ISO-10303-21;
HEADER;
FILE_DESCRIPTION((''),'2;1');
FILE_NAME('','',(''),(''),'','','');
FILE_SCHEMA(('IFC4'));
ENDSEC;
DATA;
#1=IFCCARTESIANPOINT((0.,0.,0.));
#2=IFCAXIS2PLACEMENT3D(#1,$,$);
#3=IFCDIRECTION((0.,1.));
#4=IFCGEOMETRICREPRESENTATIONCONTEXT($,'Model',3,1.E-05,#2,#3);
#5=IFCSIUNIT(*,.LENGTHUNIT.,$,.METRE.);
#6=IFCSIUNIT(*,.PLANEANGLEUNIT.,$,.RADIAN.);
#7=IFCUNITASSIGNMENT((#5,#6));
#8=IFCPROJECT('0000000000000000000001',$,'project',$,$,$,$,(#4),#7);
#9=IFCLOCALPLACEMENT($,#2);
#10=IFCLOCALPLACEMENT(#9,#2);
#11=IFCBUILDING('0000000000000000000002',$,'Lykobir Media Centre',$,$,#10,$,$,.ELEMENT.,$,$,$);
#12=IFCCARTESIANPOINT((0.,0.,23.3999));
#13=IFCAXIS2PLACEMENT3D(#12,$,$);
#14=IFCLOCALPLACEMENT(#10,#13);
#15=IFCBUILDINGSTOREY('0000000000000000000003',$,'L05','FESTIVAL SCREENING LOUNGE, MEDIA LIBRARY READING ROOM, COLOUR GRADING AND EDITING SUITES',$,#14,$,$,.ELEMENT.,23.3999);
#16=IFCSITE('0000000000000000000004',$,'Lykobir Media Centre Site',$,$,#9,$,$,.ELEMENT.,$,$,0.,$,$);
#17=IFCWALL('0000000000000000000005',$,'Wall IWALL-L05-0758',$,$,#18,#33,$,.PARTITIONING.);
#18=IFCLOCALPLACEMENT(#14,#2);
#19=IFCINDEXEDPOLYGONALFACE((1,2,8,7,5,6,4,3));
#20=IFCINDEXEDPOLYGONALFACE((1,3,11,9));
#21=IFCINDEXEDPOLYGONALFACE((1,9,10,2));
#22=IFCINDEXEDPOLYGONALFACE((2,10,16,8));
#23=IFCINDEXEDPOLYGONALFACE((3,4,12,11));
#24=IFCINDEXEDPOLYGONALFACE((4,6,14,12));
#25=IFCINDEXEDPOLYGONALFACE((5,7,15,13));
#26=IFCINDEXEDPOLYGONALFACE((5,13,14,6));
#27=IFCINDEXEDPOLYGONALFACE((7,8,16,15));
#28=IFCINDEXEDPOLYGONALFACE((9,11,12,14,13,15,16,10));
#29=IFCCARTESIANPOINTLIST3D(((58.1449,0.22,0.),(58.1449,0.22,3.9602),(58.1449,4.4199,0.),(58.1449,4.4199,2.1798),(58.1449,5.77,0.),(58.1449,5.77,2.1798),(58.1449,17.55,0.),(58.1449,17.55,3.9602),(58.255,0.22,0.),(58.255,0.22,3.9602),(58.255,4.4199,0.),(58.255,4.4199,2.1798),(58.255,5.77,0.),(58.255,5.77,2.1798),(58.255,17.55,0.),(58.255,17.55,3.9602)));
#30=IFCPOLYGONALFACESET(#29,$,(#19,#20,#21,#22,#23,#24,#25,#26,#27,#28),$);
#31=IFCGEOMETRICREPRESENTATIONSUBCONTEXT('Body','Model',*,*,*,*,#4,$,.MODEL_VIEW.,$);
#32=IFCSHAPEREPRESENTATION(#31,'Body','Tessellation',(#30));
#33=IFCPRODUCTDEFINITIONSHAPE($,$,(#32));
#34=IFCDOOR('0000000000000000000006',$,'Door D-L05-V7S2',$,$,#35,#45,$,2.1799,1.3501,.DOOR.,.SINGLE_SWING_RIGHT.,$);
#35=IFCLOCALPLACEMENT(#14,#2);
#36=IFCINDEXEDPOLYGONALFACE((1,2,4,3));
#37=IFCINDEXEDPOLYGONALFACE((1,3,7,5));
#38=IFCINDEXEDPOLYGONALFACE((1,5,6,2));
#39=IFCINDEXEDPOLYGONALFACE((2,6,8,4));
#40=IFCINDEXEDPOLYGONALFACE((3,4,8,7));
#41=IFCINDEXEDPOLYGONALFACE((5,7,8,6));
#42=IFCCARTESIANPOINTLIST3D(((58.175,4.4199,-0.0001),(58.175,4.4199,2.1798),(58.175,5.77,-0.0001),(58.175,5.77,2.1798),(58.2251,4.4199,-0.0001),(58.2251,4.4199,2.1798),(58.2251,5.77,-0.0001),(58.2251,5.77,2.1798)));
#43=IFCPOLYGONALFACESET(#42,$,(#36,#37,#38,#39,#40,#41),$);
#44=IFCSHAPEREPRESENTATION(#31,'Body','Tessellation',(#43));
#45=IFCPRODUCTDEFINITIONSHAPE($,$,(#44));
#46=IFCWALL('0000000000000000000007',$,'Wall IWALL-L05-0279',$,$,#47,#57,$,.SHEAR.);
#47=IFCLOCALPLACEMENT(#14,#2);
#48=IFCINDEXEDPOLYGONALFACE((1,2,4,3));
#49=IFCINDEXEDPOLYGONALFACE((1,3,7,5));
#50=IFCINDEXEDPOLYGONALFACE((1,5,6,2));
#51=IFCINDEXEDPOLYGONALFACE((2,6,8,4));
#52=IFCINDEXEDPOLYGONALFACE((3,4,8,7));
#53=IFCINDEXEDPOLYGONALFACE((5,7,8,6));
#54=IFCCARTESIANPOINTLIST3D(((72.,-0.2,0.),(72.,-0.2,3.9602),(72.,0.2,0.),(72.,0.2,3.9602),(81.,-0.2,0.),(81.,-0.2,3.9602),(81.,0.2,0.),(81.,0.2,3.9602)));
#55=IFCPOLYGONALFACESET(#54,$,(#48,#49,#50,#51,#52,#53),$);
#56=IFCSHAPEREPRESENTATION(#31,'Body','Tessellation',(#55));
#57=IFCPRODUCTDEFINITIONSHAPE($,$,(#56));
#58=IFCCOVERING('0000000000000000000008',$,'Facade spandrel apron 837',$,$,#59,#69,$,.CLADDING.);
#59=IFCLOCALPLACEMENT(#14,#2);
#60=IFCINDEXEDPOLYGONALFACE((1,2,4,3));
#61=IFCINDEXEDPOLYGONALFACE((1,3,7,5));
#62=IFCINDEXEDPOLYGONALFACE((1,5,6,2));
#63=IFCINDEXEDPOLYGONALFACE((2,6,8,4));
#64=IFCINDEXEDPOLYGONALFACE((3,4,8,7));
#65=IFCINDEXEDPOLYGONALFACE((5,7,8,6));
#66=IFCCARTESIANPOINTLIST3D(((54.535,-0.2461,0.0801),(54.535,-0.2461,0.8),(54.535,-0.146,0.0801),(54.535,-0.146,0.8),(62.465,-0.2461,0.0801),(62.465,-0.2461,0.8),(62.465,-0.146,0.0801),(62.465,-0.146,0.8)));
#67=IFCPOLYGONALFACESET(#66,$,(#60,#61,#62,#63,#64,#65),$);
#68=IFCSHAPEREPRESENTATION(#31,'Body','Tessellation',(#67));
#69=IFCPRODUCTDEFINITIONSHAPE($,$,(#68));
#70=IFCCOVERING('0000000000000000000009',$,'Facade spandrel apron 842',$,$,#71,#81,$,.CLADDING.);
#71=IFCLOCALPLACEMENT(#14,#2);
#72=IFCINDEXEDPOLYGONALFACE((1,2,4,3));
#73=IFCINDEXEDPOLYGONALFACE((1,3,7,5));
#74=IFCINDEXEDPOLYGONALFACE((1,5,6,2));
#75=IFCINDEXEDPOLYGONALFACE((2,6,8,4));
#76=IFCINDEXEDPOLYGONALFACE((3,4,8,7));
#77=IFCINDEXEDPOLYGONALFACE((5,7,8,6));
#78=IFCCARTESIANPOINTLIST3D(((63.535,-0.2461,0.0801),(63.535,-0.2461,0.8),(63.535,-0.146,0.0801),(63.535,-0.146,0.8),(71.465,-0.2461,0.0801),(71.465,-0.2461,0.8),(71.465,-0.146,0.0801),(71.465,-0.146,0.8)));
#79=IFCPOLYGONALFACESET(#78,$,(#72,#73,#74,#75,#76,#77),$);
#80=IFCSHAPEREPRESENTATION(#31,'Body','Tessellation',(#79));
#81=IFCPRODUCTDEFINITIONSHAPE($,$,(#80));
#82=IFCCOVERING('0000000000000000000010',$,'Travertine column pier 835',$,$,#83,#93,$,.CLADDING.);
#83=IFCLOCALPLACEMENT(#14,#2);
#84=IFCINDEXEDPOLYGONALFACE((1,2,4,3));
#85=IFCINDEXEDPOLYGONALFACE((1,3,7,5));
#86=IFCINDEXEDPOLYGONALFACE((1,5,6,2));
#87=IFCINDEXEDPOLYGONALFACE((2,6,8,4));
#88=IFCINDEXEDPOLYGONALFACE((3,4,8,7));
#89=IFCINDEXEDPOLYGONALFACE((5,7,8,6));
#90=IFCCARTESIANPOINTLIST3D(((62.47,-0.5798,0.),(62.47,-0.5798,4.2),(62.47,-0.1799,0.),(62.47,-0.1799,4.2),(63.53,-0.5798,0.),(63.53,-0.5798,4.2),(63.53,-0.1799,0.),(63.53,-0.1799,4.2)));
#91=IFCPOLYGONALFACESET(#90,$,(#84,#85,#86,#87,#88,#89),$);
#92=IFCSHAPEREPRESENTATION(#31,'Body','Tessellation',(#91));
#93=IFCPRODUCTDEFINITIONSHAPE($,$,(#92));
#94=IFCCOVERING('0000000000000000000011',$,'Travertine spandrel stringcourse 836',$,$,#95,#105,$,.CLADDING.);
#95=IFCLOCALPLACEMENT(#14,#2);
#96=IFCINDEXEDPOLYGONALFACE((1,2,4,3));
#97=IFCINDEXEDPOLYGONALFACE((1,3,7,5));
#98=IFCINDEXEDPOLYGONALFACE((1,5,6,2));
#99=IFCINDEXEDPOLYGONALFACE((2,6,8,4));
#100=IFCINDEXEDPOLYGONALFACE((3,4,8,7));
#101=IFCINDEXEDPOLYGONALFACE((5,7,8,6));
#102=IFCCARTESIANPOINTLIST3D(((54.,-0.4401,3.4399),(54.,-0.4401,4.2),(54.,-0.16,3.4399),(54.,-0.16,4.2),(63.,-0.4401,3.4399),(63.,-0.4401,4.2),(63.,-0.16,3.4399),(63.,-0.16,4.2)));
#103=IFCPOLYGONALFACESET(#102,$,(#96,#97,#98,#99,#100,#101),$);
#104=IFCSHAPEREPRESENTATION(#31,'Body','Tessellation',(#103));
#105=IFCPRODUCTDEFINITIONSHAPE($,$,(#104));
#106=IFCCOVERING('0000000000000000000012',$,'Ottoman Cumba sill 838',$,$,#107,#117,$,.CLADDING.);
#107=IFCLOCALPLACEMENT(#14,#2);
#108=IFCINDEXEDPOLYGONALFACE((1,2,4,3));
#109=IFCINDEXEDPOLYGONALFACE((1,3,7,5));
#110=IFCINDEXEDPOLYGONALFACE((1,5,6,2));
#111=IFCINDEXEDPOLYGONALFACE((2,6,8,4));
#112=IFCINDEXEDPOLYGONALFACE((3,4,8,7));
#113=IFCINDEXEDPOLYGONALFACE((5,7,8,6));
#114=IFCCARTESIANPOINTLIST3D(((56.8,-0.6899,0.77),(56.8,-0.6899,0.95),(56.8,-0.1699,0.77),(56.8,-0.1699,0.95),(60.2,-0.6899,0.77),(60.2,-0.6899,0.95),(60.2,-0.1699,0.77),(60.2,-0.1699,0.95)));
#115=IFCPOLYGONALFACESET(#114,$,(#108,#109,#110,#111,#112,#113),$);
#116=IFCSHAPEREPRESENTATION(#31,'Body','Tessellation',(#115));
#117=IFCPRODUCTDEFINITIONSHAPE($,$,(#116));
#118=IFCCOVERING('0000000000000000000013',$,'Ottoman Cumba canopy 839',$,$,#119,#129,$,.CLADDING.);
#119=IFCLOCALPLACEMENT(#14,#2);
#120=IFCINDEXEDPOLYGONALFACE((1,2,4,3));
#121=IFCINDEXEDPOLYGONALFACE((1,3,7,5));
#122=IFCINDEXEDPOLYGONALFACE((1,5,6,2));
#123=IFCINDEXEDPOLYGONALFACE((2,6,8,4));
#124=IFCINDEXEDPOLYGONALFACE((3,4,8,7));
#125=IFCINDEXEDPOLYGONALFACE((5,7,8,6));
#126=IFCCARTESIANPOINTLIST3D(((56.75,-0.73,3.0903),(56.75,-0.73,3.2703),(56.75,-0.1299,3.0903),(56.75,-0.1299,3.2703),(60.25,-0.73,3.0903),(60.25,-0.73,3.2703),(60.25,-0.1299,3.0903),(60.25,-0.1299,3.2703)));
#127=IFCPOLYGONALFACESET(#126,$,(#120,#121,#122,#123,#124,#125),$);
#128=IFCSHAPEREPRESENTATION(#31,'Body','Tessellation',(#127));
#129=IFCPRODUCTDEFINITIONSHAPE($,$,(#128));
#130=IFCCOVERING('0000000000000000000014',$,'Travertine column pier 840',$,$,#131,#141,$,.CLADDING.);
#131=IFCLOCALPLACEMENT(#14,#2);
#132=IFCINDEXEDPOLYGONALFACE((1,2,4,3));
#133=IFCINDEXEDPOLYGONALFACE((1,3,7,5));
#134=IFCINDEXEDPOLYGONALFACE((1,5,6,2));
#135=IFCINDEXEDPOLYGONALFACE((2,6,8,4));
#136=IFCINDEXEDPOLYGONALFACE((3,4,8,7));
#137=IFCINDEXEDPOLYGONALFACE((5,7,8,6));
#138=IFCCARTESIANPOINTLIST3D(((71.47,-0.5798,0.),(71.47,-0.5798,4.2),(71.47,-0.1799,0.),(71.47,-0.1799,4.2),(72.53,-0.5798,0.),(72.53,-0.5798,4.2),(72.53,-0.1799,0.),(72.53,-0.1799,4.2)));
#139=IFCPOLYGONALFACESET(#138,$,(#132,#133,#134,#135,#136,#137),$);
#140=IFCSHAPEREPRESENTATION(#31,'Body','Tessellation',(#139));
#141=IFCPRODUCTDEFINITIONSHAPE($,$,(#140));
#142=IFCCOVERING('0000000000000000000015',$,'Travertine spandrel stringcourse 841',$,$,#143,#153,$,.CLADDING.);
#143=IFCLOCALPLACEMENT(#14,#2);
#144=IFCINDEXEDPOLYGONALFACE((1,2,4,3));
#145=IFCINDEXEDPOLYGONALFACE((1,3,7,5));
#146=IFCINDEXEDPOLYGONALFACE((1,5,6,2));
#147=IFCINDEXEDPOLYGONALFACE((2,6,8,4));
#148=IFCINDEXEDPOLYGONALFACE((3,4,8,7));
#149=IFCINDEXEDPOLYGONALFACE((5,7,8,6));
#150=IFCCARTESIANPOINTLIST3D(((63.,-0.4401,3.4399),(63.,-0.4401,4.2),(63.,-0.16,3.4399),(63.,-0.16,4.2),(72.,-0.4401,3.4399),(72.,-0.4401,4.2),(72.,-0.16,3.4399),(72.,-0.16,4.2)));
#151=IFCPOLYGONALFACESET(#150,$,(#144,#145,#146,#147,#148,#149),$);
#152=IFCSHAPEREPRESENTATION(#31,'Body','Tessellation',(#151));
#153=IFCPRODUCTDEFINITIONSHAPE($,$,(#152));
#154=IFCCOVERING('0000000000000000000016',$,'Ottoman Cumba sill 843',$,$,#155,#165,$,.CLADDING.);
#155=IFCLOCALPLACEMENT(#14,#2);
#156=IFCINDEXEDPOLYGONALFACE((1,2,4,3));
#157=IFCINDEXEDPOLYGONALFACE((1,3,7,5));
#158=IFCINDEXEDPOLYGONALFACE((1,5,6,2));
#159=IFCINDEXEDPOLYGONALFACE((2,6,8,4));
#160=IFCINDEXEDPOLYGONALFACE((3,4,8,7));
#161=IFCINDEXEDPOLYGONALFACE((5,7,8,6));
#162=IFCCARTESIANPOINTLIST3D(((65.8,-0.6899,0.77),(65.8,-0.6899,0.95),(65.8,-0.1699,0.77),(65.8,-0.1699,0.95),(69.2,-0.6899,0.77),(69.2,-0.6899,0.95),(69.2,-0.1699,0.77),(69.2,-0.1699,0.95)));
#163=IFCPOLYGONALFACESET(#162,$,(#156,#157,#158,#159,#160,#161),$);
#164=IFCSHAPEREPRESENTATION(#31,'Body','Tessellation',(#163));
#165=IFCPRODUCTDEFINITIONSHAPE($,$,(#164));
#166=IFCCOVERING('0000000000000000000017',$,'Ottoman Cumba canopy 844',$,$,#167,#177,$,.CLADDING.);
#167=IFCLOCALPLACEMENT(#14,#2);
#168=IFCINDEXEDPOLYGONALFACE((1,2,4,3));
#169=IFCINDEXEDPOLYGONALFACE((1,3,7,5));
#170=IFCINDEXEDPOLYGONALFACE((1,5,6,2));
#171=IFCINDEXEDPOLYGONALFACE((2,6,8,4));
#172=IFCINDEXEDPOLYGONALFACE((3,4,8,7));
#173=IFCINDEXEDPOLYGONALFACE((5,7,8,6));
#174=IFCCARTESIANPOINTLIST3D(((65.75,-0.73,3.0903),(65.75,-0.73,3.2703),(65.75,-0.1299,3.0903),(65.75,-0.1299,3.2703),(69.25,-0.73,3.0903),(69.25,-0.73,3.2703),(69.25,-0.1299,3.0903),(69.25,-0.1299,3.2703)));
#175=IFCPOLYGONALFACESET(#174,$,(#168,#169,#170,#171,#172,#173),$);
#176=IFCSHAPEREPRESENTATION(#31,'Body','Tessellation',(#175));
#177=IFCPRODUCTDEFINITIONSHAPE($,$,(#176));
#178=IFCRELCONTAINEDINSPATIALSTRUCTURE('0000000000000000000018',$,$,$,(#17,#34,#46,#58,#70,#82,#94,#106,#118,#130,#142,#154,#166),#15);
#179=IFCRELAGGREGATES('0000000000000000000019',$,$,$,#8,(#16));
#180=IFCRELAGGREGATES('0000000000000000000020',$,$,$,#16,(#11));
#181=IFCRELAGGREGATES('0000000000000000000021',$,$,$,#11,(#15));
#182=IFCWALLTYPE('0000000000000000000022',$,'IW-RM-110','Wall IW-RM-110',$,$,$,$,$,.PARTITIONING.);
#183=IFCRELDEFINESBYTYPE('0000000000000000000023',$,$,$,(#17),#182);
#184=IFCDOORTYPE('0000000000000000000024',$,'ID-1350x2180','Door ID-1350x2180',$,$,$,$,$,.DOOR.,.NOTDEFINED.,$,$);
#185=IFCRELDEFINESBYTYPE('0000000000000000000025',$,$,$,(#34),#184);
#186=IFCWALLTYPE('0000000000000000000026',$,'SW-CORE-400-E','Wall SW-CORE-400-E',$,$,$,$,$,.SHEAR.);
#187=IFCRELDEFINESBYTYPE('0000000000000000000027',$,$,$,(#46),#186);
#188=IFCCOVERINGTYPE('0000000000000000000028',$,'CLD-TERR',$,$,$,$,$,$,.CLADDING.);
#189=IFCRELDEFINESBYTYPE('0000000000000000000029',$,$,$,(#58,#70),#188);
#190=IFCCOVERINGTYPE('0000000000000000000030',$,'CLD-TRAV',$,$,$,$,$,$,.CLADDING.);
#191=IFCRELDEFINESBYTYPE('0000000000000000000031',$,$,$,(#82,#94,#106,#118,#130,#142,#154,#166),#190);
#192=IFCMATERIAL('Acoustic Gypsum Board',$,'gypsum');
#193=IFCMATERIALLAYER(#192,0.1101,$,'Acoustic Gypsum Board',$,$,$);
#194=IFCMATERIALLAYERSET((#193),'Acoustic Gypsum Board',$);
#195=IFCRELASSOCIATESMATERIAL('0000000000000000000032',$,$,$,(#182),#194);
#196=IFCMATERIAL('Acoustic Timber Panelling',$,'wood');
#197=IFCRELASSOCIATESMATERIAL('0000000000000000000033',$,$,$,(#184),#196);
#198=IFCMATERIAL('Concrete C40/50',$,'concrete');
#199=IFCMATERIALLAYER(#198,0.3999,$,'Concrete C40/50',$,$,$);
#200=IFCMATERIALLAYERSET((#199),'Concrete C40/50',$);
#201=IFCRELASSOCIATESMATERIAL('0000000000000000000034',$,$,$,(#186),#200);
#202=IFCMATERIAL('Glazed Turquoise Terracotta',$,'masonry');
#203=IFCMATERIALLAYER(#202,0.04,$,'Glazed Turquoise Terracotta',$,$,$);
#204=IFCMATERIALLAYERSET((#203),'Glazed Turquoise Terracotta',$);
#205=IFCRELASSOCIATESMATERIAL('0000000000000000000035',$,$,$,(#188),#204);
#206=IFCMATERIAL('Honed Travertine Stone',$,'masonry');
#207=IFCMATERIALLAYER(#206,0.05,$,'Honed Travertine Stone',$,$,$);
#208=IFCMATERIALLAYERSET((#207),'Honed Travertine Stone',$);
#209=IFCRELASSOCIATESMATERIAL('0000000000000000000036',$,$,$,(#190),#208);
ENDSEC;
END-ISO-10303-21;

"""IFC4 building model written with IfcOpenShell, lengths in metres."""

from ifc_helpers import new_model, si_unit, direction, frame, frame_2d, origin, origin_2d, place, context, subcontext, project, spatial, rectangle, extrude, material, layer, layer_set, type_object, element, fill, save


model = new_model("IFC4")

# Units and contexts
model_context = context("Model", 3, precision=1e-05, world=origin(), true_north=direction((0.0, 1.0)))
body_context = subcontext(model_context, "Body", "Model", "MODEL_VIEW")
ifc_project = project(units=[si_unit("LENGTHUNIT", "METRE"), si_unit("PLANEANGLEUNIT", "RADIAN")], contexts=[model_context])

# Site, building, storey
site_placement = place(None, origin())
site = spatial("IfcSite", under=ifc_project, at=site_placement, Name="Lykobir Media Centre Site", CompositionType="ELEMENT", RefElevation=0.0)
building_placement = place(site_placement, origin())
building = spatial("IfcBuilding", under=site, at=building_placement, Name="Lykobir Media Centre", CompositionType="ELEMENT")
storey_placement = place(building_placement, frame((0.0, 0.0, 23.3999)))
storey = spatial("IfcBuildingStorey", under=building, at=storey_placement, Name="L05", Description="FESTIVAL SCREENING LOUNGE, MEDIA LIBRARY READING ROOM, COLOUR GRADING AND EDITING SUITES", CompositionType="ELEMENT", Elevation=23.3999)

# Shared definitions
ifc_material_1 = material(Name="Concrete C40/50", Category="concrete")

# Shared definitions
ifc_material_2 = material(Name="Acoustic Gypsum Board", Category="gypsum")

# Wall, opening, door
ifc_layer_1 = layer(ifc_material_2, 0.1101, Name="Acoustic Gypsum Board")
ifc_layer_set_1 = layer_set([ifc_layer_1], Name="Acoustic Gypsum Board")
wall_type_1 = type_object("IfcWallType", Name="IW-RM-110", Description="Wall IW-RM-110", PredefinedType="PARTITIONING", material=ifc_layer_set_1)
wall_1_placement = place(storey_placement, frame((58.2, 0.22, 0.0), z_axis=(0.0, 0.0, 1.0), x_axis=(0.0, 1.0, 0.0)))
wall_1 = element("IfcWall", 1, at=wall_1_placement, inside=storey, type_object=wall_type_1, Name="Wall IWALL-L05-0758", PredefinedType="PARTITIONING", context=body_context, shape_type="SweptSolid", body=[
    extrude(rectangle(XDim=17.3301, YDim=0.1101, at=frame_2d((8.665, 0.0))), origin(), (0.0, 0.0, 1.0), 3.9602),
])
opening_1_placement = place(wall_1_placement, frame((4.2, 0.0, 0.0)))
opening_1 = element("IfcOpeningElement", 2, at=opening_1_placement, cuts=wall_1, PredefinedType="OPENING", context=body_context, shape_type="SweptSolid", body=[
    extrude(rectangle(XDim=1.3501, YDim=2.1799, at=frame_2d((0.675, 1.0898))), frame((0.0, 0.0649, 0.0), z_axis=(0.0, -1.0, 0.0), x_axis=(1.0, 0.0, 0.0)), (0.0, 0.0, 1.0), 0.1301),
])
ifc_material_3 = material(Name="Acoustic Timber Panelling", Category="wood")
door_type = type_object("IfcDoorType", Name="ID-1350x2180", Description="Door ID-1350x2180", OperationType="NOTDEFINED", PredefinedType="DOOR", material=ifc_material_3)
door_placement = place(opening_1_placement, origin())
door = element("IfcDoor", 3, at=door_placement, inside=storey, type_object=door_type, Name="Door D-L05-V7S2", OperationType="SINGLE_SWING_RIGHT", OverallHeight=2.1799, OverallWidth=1.3501, PredefinedType="DOOR", context=body_context, shape_type="SweptSolid", body=[
    extrude(rectangle(XDim=1.3501, YDim=2.1799, at=frame_2d((0.675, 1.0898))), frame((0.0, 0.0249, 0.0), z_axis=(0.0, -1.0, 0.0), x_axis=(1.0, 0.0, 0.0)), (0.0, 0.0, 1.0), 0.05),
])
fill(opening_1, door)

# Wall
ifc_layer_2 = layer(ifc_material_1, 0.3999, Name="Concrete C40/50")
ifc_layer_set_2 = layer_set([ifc_layer_2], Name="Concrete C40/50")
wall_type_2 = type_object("IfcWallType", Name="SW-CORE-400-E", Description="Wall SW-CORE-400-E", PredefinedType="SHEAR", material=ifc_layer_set_2)
wall_2_placement = place(storey_placement, frame((72.0, 0.0, 0.0), z_axis=(0.0, 0.0, 1.0), x_axis=(1.0, 0.0, 0.0)))
element("IfcWall", 4, at=wall_2_placement, inside=storey, type_object=wall_type_2, Name="Wall IWALL-L05-0279", PredefinedType="SHEAR", context=body_context, shape_type="SweptSolid", body=[
    extrude(rectangle(XDim=9.0, YDim=0.3999, at=frame_2d((4.5, 0.0))), origin(), (0.0, 0.0, 1.0), 3.9602),
])

# Coverings
ifc_material_4 = material(Name="Glazed Turquoise Terracotta", Category="masonry")
ifc_layer_3 = layer(ifc_material_4, 0.04, Name="Glazed Turquoise Terracotta")
ifc_layer_set_3 = layer_set([ifc_layer_3], Name="Glazed Turquoise Terracotta")
covering_type_1 = type_object("IfcCoveringType", Name="CLD-TERR", PredefinedType="CLADDING", material=ifc_layer_set_3)
for number, where, z_axis, x_axis, name in (
    (5, (58.5, -0.196, 0.0801), (0.0, 0.0, 1.0), (1.0, 0.0, 0.0), "Facade spandrel apron 837"),
    (6, (67.5, -0.196, 0.0801), (0.0, 0.0, 1.0), (1.0, 0.0, 0.0), "Facade spandrel apron 842"),
):
    element("IfcCovering", number, at=place(storey_placement, frame(where, z_axis=z_axis, x_axis=x_axis)), inside=storey, type_object=covering_type_1, Name=name, PredefinedType="CLADDING", context=body_context, shape_type="SweptSolid", body=[
        extrude(rectangle(XDim=7.9299, YDim=0.1001, at=origin_2d()), origin(), (0.0, 0.0, 1.0), 0.72),
    ])
ifc_material_5 = material(Name="Honed Travertine Stone", Category="masonry")
ifc_layer_4 = layer(ifc_material_5, 0.05, Name="Honed Travertine Stone")
ifc_layer_set_4 = layer_set([ifc_layer_4], Name="Honed Travertine Stone")
covering_type_2 = type_object("IfcCoveringType", Name="CLD-TRAV", PredefinedType="CLADDING", material=ifc_layer_set_4)
covering_1_placement = place(storey_placement, frame((63.0, -0.3799, 0.0), z_axis=(0.0, 0.0, 1.0), x_axis=(1.0, 0.0, 0.0)))
element("IfcCovering", 7, at=covering_1_placement, inside=storey, type_object=covering_type_2, Name="Travertine column pier 835", PredefinedType="CLADDING", context=body_context, shape_type="SweptSolid", body=[
    extrude(rectangle(XDim=1.0601, YDim=0.3999, at=origin_2d()), origin(), (0.0, 0.0, 1.0), 4.2),
])
covering_2_placement = place(storey_placement, frame((58.5, -0.3, 3.4399), z_axis=(0.0, 0.0, 1.0), x_axis=(1.0, 0.0, 0.0)))
element("IfcCovering", 8, at=covering_2_placement, inside=storey, type_object=covering_type_2, Name="Travertine spandrel stringcourse 836", PredefinedType="CLADDING", context=body_context, shape_type="SweptSolid", body=[
    extrude(rectangle(XDim=9.0, YDim=0.28, at=origin_2d()), origin(), (0.0, 0.0, 1.0), 0.76),
])
covering_3_placement = place(storey_placement, frame((58.5, -0.4299, 0.77), z_axis=(0.0, 0.0, 1.0), x_axis=(1.0, 0.0, 0.0)))
element("IfcCovering", 9, at=covering_3_placement, inside=storey, type_object=covering_type_2, Name="Ottoman Cumba sill 838", PredefinedType="CLADDING", context=body_context, shape_type="SweptSolid", body=[
    extrude(rectangle(XDim=3.3999, YDim=0.52, at=origin_2d()), origin(), (0.0, 0.0, 1.0), 0.1799),
])
covering_4_placement = place(storey_placement, frame((58.5, -0.4299, 3.0903), z_axis=(0.0, 0.0, 1.0), x_axis=(1.0, 0.0, 0.0)))
element("IfcCovering", 10, at=covering_4_placement, inside=storey, type_object=covering_type_2, Name="Ottoman Cumba canopy 839", PredefinedType="CLADDING", context=body_context, shape_type="SweptSolid", body=[
    extrude(rectangle(XDim=3.5, YDim=0.6001, at=origin_2d()), origin(), (0.0, 0.0, 1.0), 0.1799),
])
covering_5_placement = place(storey_placement, frame((72.0, -0.3799, 0.0), z_axis=(0.0, 0.0, 1.0), x_axis=(1.0, 0.0, 0.0)))
element("IfcCovering", 11, at=covering_5_placement, inside=storey, type_object=covering_type_2, Name="Travertine column pier 840", PredefinedType="CLADDING", context=body_context, shape_type="SweptSolid", body=[
    extrude(rectangle(XDim=1.0601, YDim=0.3999, at=origin_2d()), origin(), (0.0, 0.0, 1.0), 4.2),
])
covering_6_placement = place(storey_placement, frame((67.5, -0.3, 3.4399), z_axis=(0.0, 0.0, 1.0), x_axis=(1.0, 0.0, 0.0)))
element("IfcCovering", 12, at=covering_6_placement, inside=storey, type_object=covering_type_2, Name="Travertine spandrel stringcourse 841", PredefinedType="CLADDING", context=body_context, shape_type="SweptSolid", body=[
    extrude(rectangle(XDim=9.0, YDim=0.28, at=origin_2d()), origin(), (0.0, 0.0, 1.0), 0.76),
])
covering_7_placement = place(storey_placement, frame((67.5, -0.4299, 0.77), z_axis=(0.0, 0.0, 1.0), x_axis=(1.0, 0.0, 0.0)))
element("IfcCovering", 13, at=covering_7_placement, inside=storey, type_object=covering_type_2, Name="Ottoman Cumba sill 843", PredefinedType="CLADDING", context=body_context, shape_type="SweptSolid", body=[
    extrude(rectangle(XDim=3.3999, YDim=0.52, at=origin_2d()), origin(), (0.0, 0.0, 1.0), 0.1799),
])
covering_8_placement = place(storey_placement, frame((67.5, -0.4299, 3.0903), z_axis=(0.0, 0.0, 1.0), x_axis=(1.0, 0.0, 0.0)))
element("IfcCovering", 14, at=covering_8_placement, inside=storey, type_object=covering_type_2, Name="Ottoman Cumba canopy 844", PredefinedType="CLADDING", context=body_context, shape_type="SweptSolid", body=[
    extrude(rectangle(XDim=3.5, YDim=0.6001, at=origin_2d()), origin(), (0.0, 0.0, 1.0), 0.1799),
])

save(model, "model.ifc")
